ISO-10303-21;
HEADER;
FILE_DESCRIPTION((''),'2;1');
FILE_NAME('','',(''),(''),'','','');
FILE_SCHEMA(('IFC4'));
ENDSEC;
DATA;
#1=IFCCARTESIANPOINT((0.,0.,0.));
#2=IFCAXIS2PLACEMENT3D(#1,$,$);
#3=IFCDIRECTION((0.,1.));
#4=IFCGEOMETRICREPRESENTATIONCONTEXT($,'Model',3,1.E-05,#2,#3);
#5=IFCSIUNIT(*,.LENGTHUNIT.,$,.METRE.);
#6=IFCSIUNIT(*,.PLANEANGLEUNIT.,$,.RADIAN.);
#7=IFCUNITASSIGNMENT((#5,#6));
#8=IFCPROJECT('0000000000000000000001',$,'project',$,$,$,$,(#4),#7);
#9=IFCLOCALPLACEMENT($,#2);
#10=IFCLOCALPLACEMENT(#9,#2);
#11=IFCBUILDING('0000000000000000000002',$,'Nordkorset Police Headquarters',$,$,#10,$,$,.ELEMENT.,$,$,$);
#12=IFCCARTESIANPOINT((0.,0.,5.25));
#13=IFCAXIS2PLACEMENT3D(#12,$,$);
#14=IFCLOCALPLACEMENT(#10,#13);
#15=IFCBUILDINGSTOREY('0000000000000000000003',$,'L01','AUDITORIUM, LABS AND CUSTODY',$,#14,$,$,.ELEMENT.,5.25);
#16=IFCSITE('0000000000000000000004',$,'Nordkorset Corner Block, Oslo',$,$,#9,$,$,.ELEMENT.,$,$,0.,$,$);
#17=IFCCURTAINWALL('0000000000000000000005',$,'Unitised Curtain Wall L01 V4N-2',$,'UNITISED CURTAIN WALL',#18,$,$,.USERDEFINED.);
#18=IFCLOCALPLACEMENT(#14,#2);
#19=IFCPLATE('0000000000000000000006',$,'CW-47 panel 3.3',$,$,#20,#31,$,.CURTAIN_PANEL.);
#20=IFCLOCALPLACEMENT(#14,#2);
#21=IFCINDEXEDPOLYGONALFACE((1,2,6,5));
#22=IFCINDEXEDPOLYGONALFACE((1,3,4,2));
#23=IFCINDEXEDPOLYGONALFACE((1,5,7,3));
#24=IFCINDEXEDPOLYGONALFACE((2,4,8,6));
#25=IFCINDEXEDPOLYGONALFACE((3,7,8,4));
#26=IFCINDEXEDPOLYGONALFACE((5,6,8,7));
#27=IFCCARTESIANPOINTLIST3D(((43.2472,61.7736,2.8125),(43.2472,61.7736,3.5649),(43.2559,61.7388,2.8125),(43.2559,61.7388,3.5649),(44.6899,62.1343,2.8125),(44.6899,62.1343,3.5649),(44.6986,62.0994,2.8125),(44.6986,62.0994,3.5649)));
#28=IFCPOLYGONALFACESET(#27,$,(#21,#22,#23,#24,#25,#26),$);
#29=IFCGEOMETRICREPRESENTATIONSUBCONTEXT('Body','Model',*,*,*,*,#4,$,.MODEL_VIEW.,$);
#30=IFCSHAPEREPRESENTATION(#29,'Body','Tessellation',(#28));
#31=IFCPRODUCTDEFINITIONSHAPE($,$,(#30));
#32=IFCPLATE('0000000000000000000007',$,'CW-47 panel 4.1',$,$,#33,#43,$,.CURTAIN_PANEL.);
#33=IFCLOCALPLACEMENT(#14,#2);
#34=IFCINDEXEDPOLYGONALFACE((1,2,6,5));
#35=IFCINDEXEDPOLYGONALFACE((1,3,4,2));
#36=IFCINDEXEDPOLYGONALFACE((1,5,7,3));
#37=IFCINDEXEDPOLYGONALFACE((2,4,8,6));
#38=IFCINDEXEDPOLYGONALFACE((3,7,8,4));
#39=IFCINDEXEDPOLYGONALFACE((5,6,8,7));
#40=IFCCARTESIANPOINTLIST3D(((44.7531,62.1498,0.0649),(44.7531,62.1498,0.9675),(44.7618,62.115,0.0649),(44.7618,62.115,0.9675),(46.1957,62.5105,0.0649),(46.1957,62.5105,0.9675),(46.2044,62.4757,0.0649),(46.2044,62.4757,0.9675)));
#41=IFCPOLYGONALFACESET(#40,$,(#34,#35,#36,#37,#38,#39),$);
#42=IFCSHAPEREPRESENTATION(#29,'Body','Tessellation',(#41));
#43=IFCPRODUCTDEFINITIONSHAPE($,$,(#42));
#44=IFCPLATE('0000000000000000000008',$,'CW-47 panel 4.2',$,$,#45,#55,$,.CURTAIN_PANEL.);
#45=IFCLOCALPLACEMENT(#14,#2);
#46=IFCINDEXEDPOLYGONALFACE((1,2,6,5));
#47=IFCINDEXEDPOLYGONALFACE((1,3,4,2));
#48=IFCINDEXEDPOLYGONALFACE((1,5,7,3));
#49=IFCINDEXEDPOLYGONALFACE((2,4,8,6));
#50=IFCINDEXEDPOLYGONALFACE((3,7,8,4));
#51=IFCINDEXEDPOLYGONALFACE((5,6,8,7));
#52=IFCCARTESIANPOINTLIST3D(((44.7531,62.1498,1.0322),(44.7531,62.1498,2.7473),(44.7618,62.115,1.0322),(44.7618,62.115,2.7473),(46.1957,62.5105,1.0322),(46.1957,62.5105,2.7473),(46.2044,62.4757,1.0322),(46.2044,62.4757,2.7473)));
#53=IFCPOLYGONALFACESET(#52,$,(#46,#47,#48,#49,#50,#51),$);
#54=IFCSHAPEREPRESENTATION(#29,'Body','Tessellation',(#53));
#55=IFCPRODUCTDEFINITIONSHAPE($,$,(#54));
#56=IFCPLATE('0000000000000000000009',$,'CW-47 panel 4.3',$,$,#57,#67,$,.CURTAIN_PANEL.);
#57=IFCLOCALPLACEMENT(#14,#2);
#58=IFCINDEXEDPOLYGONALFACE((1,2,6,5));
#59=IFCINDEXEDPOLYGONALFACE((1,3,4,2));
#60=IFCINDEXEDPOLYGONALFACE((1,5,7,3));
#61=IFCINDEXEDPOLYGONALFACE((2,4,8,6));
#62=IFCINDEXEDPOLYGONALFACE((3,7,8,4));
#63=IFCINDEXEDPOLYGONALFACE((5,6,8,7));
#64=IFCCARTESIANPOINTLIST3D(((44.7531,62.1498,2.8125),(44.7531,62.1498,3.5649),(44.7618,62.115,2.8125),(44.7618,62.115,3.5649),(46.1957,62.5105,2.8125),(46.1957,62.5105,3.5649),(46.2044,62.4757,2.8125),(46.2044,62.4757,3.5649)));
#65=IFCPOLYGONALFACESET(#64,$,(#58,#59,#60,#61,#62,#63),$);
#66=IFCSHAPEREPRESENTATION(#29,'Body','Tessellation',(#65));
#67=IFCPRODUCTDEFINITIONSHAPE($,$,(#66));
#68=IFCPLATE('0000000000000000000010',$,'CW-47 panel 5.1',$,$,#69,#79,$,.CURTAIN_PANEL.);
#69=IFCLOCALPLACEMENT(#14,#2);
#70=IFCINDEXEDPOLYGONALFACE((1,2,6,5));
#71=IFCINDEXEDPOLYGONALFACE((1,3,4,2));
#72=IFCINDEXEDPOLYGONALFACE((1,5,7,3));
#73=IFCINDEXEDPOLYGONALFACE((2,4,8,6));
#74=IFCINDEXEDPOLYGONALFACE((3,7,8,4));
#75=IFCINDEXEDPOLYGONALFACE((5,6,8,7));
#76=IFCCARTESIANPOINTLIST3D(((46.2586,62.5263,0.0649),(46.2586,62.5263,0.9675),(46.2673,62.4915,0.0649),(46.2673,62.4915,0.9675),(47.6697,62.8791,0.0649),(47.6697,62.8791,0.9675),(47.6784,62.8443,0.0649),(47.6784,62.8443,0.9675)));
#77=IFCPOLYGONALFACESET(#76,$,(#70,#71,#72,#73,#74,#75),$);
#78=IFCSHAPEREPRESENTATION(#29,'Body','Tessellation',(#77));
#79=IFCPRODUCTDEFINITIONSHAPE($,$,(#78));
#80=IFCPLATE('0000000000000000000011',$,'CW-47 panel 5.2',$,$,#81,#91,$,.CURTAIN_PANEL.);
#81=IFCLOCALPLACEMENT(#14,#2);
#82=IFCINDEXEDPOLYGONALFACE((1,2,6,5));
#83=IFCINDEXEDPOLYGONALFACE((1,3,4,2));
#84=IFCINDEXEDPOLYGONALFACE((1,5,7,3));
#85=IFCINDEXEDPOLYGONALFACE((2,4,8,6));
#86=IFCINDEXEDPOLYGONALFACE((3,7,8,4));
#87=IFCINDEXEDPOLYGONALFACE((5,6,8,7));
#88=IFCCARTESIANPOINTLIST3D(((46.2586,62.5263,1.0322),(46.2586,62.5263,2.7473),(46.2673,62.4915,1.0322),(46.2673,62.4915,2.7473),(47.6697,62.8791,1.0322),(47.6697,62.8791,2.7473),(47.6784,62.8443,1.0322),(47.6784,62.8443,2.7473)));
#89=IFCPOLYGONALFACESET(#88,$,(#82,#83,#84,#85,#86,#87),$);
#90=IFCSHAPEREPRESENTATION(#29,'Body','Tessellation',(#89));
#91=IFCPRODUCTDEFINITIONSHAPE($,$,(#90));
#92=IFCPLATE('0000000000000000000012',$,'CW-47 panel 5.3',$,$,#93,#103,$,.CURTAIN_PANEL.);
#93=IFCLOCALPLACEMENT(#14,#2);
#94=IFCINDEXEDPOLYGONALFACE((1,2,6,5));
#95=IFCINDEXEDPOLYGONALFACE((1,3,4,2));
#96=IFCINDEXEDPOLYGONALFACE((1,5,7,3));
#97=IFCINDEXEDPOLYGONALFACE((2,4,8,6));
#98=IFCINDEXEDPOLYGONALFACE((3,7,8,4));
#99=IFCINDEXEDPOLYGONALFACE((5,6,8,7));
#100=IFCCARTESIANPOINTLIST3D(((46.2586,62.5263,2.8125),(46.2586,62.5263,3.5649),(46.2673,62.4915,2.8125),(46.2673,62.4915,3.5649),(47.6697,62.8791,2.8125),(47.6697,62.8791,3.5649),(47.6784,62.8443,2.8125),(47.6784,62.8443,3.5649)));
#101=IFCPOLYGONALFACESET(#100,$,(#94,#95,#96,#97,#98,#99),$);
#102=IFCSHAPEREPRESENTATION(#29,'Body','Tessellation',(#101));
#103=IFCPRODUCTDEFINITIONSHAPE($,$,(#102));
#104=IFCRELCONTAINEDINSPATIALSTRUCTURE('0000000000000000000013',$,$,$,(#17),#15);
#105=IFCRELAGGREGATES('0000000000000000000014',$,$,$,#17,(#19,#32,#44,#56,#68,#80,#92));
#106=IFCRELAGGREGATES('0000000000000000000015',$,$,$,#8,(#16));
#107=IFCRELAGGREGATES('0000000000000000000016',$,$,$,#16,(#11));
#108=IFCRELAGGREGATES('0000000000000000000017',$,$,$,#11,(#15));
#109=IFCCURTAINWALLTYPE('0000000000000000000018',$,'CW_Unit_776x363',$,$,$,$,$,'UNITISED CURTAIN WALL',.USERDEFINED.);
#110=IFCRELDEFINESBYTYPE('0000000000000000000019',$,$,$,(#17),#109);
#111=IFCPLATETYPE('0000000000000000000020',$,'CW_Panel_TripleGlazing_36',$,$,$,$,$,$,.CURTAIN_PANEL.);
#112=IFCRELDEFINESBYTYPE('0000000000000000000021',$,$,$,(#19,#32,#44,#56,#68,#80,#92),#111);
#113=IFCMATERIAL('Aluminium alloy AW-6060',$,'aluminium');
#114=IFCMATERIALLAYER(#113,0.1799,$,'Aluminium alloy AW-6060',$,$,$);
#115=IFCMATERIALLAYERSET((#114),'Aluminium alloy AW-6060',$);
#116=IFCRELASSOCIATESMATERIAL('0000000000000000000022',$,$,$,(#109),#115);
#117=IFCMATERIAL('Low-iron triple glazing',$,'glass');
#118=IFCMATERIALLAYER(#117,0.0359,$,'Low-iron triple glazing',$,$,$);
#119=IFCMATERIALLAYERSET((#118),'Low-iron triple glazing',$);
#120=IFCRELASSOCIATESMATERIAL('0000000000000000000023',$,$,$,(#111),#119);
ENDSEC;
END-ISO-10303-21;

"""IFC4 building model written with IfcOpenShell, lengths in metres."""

from ifc_helpers import new_model, si_unit, direction, frame, origin, origin_2d, place, context, subcontext, project, spatial, rectangle, extrude, material, layer, layer_set, type_object, element, aggregate, save


model = new_model("IFC4")

# Units and contexts
model_context = context("Model", 3, precision=1e-05, world=origin(), true_north=direction((0.0, 1.0)))
body_context = subcontext(model_context, "Body", "Model", "MODEL_VIEW")
ifc_project = project(units=[si_unit("LENGTHUNIT", "METRE"), si_unit("PLANEANGLEUNIT", "RADIAN")], contexts=[model_context])

# Site, building, storey
site_placement = place(None, origin())
site = spatial("IfcSite", under=ifc_project, at=site_placement, Name="Nordkorset Corner Block, Oslo", CompositionType="ELEMENT", RefElevation=0.0)
building_placement = place(site_placement, origin())
building = spatial("IfcBuilding", under=site, at=building_placement, Name="Nordkorset Police Headquarters", CompositionType="ELEMENT")
storey_placement = place(building_placement, frame((0.0, 0.0, 5.25)))
storey = spatial("IfcBuildingStorey", under=building, at=storey_placement, Name="L01", Description="AUDITORIUM, LABS AND CUSTODY", CompositionType="ELEMENT", Elevation=5.25)

# Curtain wall
ifc_material_1 = material(Name="Aluminium alloy AW-6060", Category="aluminium")
ifc_layer_1 = layer(ifc_material_1, 0.1799, Name="Aluminium alloy AW-6060")
ifc_layer_set_1 = layer_set([ifc_layer_1], Name="Aluminium alloy AW-6060")
curtain_wall_type = type_object("IfcCurtainWallType", Name="CW_Unit_776x363", ElementType="UNITISED CURTAIN WALL", PredefinedType="USERDEFINED", material=ifc_layer_set_1)
curtain_wall_placement = place(storey_placement, origin())
curtain_wall = element("IfcCurtainWall", 1, at=curtain_wall_placement, inside=storey, type_object=curtain_wall_type, Name="Unitised Curtain Wall L01 V4N-2", ObjectType="UNITISED CURTAIN WALL", PredefinedType="USERDEFINED")

# Plates
ifc_material_2 = material(Name="Low-iron triple glazing", Category="glass")
ifc_layer_2 = layer(ifc_material_2, 0.0359, Name="Low-iron triple glazing")
ifc_layer_set_2 = layer_set([ifc_layer_2], Name="Low-iron triple glazing")
plate_type = type_object("IfcPlateType", Name="CW_Panel_TripleGlazing_36", PredefinedType="CURTAIN_PANEL", material=ifc_layer_set_2)
plate_1_placement = place(storey_placement, frame((43.9729, 61.9365, 2.8125), z_axis=(0.0, 0.0, 1.0), x_axis=(0.970142, 0.242536, 0.0)))
plate_1 = element("IfcPlate", 2, at=plate_1_placement, type_object=plate_type, Name="CW-47 panel 3.3", PredefinedType="CURTAIN_PANEL", context=body_context, shape_type="SweptSolid", body=[
    extrude(rectangle(XDim=1.4871, YDim=0.0359, at=origin_2d()), origin(), (0.0, 0.0, 1.0), 0.7524),
])
plate_2_placement = place(storey_placement, frame((45.4788, 62.3127, 0.0649), z_axis=(0.0, 0.0, 1.0), x_axis=(0.970142, 0.242536, 0.0)))
plate_2 = element("IfcPlate", 3, at=plate_2_placement, type_object=plate_type, Name="CW-47 panel 4.1", PredefinedType="CURTAIN_PANEL", context=body_context, shape_type="SweptSolid", body=[
    extrude(rectangle(XDim=1.4871, YDim=0.0359, at=origin_2d()), origin(), (0.0, 0.0, 1.0), 0.9026),
])
plate_3_placement = place(storey_placement, frame((45.4788, 62.3127, 1.0322), z_axis=(0.0, 0.0, 1.0), x_axis=(0.970142, 0.242536, 0.0)))
plate_3 = element("IfcPlate", 4, at=plate_3_placement, type_object=plate_type, Name="CW-47 panel 4.2", PredefinedType="CURTAIN_PANEL", context=body_context, shape_type="SweptSolid", body=[
    extrude(rectangle(XDim=1.4871, YDim=0.0359, at=origin_2d()), origin(), (0.0, 0.0, 1.0), 1.7151),
])
plate_4_placement = place(storey_placement, frame((45.4788, 62.3127, 2.8125), z_axis=(0.0, 0.0, 1.0), x_axis=(0.970142, 0.242536, 0.0)))
plate_4 = element("IfcPlate", 5, at=plate_4_placement, type_object=plate_type, Name="CW-47 panel 4.3", PredefinedType="CURTAIN_PANEL", context=body_context, shape_type="SweptSolid", body=[
    extrude(rectangle(XDim=1.4871, YDim=0.0359, at=origin_2d()), origin(), (0.0, 0.0, 1.0), 0.7524),
])
plate_5_placement = place(storey_placement, frame((46.9685, 62.6853, 0.0649), z_axis=(0.0, 0.0, 1.0), x_axis=(0.970142, 0.242536, 0.0)))
plate_5 = element("IfcPlate", 6, at=plate_5_placement, type_object=plate_type, Name="CW-47 panel 5.1", PredefinedType="CURTAIN_PANEL", context=body_context, shape_type="SweptSolid", body=[
    extrude(rectangle(XDim=1.4546, YDim=0.0359, at=origin_2d()), origin(), (0.0, 0.0, 1.0), 0.9026),
])
plate_6_placement = place(storey_placement, frame((46.9685, 62.6853, 1.0322), z_axis=(0.0, 0.0, 1.0), x_axis=(0.970142, 0.242536, 0.0)))
plate_6 = element("IfcPlate", 7, at=plate_6_placement, type_object=plate_type, Name="CW-47 panel 5.2", PredefinedType="CURTAIN_PANEL", context=body_context, shape_type="SweptSolid", body=[
    extrude(rectangle(XDim=1.4546, YDim=0.0359, at=origin_2d()), origin(), (0.0, 0.0, 1.0), 1.7151),
])
plate_7_placement = place(storey_placement, frame((46.9685, 62.6853, 2.8125), z_axis=(0.0, 0.0, 1.0), x_axis=(0.970142, 0.242536, 0.0)))
plate_7 = element("IfcPlate", 8, at=plate_7_placement, type_object=plate_type, Name="CW-47 panel 5.3", PredefinedType="CURTAIN_PANEL", context=body_context, shape_type="SweptSolid", body=[
    extrude(rectangle(XDim=1.4546, YDim=0.0359, at=origin_2d()), origin(), (0.0, 0.0, 1.0), 0.7524),
])
aggregate(curtain_wall, [plate_1, plate_2, plate_3, plate_4, plate_5, plate_6, plate_7])

save(model, "model.ifc")
